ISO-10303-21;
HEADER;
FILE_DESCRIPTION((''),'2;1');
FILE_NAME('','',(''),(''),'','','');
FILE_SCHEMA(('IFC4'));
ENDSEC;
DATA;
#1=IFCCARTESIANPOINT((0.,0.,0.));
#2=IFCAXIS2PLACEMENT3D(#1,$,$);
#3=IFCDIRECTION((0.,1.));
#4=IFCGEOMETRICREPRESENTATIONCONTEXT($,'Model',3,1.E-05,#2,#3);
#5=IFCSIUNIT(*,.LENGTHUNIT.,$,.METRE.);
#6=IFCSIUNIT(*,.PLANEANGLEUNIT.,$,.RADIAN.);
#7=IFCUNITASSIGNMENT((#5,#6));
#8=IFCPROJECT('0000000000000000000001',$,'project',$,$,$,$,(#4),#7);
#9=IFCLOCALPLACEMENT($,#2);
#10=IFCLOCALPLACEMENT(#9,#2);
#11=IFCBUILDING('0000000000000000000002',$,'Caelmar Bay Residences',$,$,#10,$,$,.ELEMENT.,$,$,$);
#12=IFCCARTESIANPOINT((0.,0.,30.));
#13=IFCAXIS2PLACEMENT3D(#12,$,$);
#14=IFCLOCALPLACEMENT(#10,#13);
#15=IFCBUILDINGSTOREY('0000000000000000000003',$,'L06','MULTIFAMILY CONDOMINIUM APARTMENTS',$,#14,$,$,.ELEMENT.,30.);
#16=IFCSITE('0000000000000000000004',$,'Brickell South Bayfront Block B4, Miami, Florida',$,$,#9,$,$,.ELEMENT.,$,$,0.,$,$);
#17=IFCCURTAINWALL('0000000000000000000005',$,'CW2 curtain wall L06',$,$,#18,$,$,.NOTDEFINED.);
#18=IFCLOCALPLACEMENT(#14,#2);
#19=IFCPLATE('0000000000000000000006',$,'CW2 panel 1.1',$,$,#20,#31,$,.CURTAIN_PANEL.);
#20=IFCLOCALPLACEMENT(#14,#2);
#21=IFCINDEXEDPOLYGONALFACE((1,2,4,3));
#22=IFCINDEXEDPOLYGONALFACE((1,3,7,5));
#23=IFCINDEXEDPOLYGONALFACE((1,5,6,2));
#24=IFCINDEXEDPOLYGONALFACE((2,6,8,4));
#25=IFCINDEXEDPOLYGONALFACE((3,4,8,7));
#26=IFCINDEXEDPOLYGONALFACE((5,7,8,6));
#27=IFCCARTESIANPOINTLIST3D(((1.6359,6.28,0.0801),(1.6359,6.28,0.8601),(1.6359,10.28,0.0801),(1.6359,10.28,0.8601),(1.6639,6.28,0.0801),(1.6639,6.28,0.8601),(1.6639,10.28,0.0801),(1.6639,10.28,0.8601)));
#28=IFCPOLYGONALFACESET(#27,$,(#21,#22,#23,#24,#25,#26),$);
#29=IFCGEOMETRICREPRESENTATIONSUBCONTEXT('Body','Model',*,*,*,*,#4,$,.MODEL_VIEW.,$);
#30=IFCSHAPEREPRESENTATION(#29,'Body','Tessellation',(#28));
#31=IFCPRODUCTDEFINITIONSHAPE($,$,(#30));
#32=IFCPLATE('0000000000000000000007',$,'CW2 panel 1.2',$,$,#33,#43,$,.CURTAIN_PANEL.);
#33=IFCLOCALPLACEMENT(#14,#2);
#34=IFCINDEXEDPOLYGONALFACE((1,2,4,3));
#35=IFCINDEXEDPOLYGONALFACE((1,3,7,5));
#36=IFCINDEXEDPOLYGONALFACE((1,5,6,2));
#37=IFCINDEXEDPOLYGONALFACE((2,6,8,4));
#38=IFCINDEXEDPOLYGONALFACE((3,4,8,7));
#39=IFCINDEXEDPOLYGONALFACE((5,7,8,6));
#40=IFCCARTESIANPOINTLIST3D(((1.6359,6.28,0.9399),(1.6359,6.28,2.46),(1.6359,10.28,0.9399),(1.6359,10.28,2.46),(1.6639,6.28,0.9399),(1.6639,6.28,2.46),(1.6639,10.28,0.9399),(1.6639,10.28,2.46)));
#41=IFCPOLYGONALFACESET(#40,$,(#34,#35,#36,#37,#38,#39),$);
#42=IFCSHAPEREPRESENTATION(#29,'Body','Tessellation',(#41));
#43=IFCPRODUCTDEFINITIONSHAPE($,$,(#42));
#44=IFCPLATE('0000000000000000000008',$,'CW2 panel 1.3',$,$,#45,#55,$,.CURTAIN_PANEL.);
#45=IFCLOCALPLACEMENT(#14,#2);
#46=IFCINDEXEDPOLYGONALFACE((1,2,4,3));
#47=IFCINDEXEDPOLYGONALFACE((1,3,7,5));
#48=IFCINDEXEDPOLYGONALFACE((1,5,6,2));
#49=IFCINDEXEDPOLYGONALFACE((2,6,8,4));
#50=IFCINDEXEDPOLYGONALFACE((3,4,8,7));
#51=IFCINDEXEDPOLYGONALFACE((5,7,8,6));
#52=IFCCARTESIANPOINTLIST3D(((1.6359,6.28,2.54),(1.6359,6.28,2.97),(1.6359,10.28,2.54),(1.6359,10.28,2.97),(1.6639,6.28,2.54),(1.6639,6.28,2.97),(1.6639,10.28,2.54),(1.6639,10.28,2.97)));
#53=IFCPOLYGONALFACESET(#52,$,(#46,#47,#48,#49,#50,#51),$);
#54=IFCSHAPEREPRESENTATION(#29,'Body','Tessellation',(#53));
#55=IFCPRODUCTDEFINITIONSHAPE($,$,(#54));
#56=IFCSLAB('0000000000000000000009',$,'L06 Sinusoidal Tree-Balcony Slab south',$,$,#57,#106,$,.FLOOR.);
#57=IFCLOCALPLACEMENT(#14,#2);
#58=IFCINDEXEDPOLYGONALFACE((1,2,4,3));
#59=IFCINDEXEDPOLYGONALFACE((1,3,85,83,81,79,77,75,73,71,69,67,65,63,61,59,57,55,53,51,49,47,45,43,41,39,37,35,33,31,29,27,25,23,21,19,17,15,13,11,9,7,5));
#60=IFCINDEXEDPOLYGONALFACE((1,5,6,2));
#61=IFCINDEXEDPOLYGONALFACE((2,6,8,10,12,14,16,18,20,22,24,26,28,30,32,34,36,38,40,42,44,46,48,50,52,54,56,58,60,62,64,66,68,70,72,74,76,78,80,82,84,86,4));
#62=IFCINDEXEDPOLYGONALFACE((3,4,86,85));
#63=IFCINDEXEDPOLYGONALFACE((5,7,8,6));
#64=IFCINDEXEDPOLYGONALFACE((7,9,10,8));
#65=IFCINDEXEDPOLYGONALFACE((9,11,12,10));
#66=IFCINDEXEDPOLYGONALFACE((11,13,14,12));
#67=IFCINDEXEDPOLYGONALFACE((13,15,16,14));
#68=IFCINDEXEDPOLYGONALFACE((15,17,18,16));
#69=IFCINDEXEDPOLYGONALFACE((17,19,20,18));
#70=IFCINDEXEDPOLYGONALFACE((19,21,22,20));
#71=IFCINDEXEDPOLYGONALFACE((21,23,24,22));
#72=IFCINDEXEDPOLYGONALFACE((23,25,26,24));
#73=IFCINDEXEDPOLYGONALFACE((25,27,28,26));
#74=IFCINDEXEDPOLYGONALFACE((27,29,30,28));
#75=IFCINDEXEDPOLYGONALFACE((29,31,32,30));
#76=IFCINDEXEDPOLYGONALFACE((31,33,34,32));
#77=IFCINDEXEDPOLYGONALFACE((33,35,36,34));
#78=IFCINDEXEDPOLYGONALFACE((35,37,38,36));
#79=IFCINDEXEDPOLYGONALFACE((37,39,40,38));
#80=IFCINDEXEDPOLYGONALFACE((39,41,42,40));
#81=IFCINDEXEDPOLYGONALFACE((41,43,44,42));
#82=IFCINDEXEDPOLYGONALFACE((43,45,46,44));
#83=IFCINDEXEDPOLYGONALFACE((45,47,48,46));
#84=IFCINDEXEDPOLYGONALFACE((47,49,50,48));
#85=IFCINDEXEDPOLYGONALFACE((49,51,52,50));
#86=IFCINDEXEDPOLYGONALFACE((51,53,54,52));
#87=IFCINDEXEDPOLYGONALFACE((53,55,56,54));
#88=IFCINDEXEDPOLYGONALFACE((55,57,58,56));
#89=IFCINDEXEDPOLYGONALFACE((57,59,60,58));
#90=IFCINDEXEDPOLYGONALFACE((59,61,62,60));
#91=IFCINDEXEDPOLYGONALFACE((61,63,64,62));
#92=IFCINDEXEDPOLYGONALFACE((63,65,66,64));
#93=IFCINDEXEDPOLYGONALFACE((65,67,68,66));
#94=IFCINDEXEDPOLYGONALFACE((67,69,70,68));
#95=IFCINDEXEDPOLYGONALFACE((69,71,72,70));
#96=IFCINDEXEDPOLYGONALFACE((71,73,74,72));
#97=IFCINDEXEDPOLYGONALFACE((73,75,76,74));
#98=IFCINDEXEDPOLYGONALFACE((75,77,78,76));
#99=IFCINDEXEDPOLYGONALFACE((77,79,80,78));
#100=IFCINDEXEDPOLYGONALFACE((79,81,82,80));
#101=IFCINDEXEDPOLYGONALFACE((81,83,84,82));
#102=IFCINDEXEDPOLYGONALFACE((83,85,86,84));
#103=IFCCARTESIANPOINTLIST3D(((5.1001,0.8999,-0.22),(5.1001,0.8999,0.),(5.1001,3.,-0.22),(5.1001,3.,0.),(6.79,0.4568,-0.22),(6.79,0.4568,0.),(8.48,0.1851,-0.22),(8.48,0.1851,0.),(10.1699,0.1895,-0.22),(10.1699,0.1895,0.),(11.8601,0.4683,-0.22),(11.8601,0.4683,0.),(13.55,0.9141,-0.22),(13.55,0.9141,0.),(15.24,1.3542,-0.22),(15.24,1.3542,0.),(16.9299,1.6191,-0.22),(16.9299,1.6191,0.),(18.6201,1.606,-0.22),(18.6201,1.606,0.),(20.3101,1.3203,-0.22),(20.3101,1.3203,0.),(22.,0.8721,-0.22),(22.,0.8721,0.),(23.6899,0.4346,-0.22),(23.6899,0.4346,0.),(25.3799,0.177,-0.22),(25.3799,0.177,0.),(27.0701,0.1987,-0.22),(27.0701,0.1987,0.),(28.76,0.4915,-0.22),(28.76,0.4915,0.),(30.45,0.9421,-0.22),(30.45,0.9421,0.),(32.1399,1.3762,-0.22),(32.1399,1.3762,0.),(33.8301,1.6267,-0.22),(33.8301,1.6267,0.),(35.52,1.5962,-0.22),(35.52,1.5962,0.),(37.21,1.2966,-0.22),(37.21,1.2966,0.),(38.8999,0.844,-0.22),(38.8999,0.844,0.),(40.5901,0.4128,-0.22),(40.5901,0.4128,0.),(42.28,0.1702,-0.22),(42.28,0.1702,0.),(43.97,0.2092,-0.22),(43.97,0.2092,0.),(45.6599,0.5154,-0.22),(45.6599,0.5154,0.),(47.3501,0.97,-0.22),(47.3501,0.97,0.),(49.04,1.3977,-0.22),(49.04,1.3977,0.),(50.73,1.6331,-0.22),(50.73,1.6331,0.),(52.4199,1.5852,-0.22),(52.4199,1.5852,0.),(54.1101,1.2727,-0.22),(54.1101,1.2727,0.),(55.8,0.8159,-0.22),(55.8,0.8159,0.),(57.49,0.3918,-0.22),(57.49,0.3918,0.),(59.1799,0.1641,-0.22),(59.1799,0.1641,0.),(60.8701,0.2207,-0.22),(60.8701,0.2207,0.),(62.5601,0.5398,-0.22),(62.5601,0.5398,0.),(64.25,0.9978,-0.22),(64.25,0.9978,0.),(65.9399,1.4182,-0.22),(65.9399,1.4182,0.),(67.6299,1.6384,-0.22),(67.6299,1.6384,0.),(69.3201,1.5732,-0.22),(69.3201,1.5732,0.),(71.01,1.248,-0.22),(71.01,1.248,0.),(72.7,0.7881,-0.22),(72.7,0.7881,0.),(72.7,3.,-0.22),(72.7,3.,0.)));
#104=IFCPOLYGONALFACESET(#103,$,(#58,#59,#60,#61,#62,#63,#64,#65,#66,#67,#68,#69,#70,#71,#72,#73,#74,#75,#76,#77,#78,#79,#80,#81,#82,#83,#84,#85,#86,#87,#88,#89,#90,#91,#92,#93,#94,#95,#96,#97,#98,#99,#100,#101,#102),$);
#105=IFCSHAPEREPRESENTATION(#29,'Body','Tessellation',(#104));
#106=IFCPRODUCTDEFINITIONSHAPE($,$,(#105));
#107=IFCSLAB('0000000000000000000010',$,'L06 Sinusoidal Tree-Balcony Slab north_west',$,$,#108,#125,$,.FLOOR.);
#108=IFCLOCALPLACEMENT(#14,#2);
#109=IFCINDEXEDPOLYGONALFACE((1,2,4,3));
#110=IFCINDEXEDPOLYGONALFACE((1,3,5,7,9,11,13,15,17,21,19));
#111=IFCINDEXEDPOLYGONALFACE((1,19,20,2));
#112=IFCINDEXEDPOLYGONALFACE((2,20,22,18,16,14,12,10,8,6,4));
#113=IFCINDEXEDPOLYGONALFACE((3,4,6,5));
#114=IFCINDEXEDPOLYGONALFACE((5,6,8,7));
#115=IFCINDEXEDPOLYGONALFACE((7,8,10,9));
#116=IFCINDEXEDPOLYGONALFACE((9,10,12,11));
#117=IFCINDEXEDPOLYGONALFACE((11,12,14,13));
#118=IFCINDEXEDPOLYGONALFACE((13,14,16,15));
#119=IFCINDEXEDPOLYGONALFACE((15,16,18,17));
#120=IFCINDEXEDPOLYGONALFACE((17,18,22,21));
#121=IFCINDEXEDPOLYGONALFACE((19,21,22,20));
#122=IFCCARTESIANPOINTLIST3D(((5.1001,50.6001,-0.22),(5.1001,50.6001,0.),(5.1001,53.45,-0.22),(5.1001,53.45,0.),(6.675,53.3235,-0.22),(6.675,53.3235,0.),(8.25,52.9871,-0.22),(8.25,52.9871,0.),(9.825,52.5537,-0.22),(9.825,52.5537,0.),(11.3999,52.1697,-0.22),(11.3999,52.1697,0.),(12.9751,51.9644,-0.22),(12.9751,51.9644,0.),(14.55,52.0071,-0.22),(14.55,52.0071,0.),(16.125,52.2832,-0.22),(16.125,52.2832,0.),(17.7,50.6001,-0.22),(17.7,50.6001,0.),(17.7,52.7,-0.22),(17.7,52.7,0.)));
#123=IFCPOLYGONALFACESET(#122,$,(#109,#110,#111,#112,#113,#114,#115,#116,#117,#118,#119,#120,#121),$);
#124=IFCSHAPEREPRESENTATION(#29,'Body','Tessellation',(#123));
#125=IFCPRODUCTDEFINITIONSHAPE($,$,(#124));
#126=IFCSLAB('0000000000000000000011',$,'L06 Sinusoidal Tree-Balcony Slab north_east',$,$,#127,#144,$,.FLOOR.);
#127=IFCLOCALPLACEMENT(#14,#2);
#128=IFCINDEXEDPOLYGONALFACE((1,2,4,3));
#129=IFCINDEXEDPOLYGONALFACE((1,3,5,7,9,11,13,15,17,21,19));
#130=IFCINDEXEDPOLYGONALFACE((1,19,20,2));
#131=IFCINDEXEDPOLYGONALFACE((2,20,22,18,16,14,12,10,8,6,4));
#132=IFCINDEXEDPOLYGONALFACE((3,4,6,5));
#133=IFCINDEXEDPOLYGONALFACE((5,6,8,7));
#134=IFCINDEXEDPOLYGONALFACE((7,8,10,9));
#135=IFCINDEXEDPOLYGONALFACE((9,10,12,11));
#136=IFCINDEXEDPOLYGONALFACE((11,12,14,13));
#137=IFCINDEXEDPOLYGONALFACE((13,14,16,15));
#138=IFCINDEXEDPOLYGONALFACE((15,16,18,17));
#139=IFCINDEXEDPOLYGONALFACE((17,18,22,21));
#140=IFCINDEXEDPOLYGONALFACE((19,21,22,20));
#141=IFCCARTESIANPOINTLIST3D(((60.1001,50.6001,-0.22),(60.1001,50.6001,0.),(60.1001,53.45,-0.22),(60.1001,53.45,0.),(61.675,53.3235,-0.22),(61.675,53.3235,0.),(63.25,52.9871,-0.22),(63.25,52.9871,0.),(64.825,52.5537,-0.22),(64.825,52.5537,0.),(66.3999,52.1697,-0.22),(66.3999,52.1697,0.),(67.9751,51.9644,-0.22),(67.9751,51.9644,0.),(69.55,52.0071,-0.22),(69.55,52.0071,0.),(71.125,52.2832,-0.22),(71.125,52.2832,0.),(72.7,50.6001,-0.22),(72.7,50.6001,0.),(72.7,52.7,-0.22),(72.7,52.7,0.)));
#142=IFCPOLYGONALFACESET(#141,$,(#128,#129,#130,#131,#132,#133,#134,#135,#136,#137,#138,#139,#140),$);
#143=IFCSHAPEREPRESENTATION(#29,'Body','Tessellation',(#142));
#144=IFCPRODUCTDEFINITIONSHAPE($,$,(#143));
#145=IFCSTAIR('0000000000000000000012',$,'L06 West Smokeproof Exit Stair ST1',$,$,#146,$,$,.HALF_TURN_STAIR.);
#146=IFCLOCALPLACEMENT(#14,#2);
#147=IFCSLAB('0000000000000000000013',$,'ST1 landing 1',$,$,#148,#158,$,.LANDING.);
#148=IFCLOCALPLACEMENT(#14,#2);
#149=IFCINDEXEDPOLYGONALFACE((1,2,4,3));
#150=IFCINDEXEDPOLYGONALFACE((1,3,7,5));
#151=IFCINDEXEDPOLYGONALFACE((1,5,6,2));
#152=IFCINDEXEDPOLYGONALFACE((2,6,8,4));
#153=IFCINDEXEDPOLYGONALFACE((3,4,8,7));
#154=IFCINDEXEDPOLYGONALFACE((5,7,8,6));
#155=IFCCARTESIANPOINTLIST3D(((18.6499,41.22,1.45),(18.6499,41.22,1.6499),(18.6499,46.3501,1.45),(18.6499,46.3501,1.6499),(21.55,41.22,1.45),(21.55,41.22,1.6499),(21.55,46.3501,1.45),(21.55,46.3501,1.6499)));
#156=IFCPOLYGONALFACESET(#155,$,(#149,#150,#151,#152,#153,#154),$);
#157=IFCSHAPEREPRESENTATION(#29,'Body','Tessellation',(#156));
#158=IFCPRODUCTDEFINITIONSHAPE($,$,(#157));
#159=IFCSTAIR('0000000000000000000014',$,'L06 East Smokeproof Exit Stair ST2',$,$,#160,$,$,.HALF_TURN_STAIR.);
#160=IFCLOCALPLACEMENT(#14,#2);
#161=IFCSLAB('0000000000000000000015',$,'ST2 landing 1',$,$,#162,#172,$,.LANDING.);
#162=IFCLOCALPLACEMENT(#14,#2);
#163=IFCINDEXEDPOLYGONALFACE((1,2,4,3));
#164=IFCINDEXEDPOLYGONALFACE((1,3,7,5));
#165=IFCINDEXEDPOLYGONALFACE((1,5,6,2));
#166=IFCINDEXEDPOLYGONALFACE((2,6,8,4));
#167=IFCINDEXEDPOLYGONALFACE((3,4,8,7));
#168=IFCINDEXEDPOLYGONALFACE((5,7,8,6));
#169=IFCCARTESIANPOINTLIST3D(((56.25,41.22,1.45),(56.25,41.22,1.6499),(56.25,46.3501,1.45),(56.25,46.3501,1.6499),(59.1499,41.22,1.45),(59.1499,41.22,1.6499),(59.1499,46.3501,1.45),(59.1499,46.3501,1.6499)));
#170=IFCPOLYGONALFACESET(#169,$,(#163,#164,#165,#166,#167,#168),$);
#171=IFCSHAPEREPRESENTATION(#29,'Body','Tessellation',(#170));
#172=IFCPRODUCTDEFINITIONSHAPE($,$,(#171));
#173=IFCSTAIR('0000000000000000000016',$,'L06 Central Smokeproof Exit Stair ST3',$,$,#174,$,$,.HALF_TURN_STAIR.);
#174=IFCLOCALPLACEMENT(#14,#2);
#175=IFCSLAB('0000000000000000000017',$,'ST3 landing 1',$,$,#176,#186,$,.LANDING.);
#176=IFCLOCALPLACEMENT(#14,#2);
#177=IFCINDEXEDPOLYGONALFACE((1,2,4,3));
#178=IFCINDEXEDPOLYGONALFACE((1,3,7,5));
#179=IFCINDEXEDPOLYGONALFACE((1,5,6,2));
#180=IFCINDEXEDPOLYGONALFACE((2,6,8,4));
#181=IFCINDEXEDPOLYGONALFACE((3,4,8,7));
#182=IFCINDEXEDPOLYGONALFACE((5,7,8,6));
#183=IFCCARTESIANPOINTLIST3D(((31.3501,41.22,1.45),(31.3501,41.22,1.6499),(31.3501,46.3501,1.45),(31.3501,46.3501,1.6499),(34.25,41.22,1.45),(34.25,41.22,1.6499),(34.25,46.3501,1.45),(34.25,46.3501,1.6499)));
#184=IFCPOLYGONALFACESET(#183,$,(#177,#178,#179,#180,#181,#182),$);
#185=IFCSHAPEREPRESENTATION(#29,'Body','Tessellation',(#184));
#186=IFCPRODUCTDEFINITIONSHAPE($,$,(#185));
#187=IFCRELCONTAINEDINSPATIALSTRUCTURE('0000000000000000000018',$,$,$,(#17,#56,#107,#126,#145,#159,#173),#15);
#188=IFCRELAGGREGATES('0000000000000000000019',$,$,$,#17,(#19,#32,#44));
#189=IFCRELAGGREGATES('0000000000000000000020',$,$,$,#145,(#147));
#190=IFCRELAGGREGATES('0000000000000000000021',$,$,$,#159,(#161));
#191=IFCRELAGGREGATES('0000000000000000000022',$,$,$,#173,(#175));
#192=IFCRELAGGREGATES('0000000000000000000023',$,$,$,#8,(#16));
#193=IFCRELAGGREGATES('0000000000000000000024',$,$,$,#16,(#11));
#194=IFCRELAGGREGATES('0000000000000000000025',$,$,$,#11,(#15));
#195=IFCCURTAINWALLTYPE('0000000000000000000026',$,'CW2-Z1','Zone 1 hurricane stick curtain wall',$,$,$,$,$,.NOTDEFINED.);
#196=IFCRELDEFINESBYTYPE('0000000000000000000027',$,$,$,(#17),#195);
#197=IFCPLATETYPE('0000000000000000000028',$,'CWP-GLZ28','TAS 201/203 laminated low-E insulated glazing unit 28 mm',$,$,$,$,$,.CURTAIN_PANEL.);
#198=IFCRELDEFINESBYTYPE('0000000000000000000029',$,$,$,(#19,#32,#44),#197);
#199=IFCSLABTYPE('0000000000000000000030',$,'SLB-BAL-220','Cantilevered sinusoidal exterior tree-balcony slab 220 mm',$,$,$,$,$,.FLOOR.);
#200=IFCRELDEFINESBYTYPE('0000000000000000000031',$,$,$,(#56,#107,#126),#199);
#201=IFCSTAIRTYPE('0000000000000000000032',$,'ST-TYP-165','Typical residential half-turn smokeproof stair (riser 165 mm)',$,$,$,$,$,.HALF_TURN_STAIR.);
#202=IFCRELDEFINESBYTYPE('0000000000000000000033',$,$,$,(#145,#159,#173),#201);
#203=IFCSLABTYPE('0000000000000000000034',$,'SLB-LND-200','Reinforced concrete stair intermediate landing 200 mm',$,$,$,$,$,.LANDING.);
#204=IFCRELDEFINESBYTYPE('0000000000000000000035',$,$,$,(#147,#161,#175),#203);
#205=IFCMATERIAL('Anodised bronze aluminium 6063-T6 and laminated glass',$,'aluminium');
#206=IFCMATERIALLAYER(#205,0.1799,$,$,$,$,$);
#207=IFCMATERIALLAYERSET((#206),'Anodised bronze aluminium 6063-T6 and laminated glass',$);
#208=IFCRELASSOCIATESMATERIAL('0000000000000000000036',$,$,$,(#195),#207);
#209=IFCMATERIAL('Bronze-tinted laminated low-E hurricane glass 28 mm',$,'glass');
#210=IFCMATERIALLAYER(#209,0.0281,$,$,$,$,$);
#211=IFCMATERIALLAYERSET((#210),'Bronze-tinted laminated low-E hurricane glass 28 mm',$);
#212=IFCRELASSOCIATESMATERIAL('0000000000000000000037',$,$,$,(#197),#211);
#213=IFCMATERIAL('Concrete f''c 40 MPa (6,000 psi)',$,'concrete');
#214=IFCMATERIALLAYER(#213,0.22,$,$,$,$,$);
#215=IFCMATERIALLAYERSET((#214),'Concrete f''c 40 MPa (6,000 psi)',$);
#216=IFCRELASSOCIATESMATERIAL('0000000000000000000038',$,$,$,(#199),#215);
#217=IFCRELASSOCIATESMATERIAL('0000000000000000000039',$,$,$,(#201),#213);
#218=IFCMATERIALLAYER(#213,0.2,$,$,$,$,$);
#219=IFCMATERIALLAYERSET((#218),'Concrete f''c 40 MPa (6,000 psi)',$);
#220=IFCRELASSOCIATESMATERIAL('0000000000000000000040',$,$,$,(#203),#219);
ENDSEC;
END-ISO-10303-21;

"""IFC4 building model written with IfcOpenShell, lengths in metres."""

from ifc_helpers import new_model, si_unit, direction, frame, origin, origin_2d, place, context, subcontext, project, spatial, polyline, rectangle, outline, extrude, material, layer, layer_set, type_object, element, aggregate, save


model = new_model("IFC4")

# Units and contexts
model_context = context("Model", 3, precision=1e-05, world=origin(), true_north=direction((0.0, 1.0)))
body_context = subcontext(model_context, "Body", "Model", "MODEL_VIEW")
ifc_project = project(units=[si_unit("LENGTHUNIT", "METRE"), si_unit("PLANEANGLEUNIT", "RADIAN")], contexts=[model_context])

# Site, building, storey
site_placement = place(None, origin())
site = spatial("IfcSite", under=ifc_project, at=site_placement, Name="Brickell South Bayfront Block B4, Miami, Florida", CompositionType="ELEMENT", RefElevation=0.0)
building_placement = place(site_placement, origin())
building = spatial("IfcBuilding", under=site, at=building_placement, Name="Caelmar Bay Residences", CompositionType="ELEMENT")
storey_placement = place(building_placement, frame((0.0, 0.0, 30.0)))
storey = spatial("IfcBuildingStorey", under=building, at=storey_placement, Name="L06", Description="MULTIFAMILY CONDOMINIUM APARTMENTS", CompositionType="ELEMENT", Elevation=30.0)

# Shared definitions
ifc_material_1 = material(Name="Anodised bronze aluminium 6063-T6 and laminated glass", Category="aluminium")

# Curtain wall
ifc_layer_1 = layer(ifc_material_1, 0.1799)
ifc_layer_set_1 = layer_set([ifc_layer_1], Name="Anodised bronze aluminium 6063-T6 and laminated glass")
curtain_wall_type_1 = type_object("IfcCurtainWallType", Name="CW2-Z1", Description="Zone 1 hurricane stick curtain wall", PredefinedType="NOTDEFINED", material=ifc_layer_set_1)
curtain_wall_1_placement = place(storey_placement, origin())
curtain_wall_1 = element("IfcCurtainWall", 1, at=curtain_wall_1_placement, inside=storey, type_object=curtain_wall_type_1, Name="CW2 curtain wall L06", PredefinedType="NOTDEFINED")

# Plates
ifc_material_2 = material(Name="Bronze-tinted laminated low-E hurricane glass 28 mm", Category="glass")
ifc_layer_2 = layer(ifc_material_2, 0.0281)
ifc_layer_set_2 = layer_set([ifc_layer_2], Name="Bronze-tinted laminated low-E hurricane glass 28 mm")
plate_type = type_object("IfcPlateType", Name="CWP-GLZ28", Description="TAS 201/203 laminated low-E insulated glazing unit 28 mm", PredefinedType="CURTAIN_PANEL", material=ifc_layer_set_2)
plate_1_placement = place(storey_placement, frame((1.6499, 8.28, 0.0801), z_axis=(0.0, 0.0, 1.0), x_axis=(0.0, 1.0, 0.0)))
plate_1 = element("IfcPlate", 2, at=plate_1_placement, type_object=plate_type, Name="CW2 panel 1.1", PredefinedType="CURTAIN_PANEL", context=body_context, shape_type="SweptSolid", body=[
    extrude(rectangle(XDim=4.0, YDim=0.0281, at=origin_2d()), origin(), (0.0, 0.0, 1.0), 0.78),
])
plate_2_placement = place(storey_placement, frame((1.6499, 8.28, 0.9399), z_axis=(0.0, 0.0, 1.0), x_axis=(0.0, 1.0, 0.0)))
plate_2 = element("IfcPlate", 3, at=plate_2_placement, type_object=plate_type, Name="CW2 panel 1.2", PredefinedType="CURTAIN_PANEL", context=body_context, shape_type="SweptSolid", body=[
    extrude(rectangle(XDim=4.0, YDim=0.0281, at=origin_2d()), origin(), (0.0, 0.0, 1.0), 1.52),
])
plate_3_placement = place(storey_placement, frame((1.6499, 8.28, 2.54), z_axis=(0.0, 0.0, 1.0), x_axis=(0.0, 1.0, 0.0)))
plate_3 = element("IfcPlate", 4, at=plate_3_placement, type_object=plate_type, Name="CW2 panel 1.3", PredefinedType="CURTAIN_PANEL", context=body_context, shape_type="SweptSolid", body=[
    extrude(rectangle(XDim=4.0, YDim=0.0281, at=origin_2d()), origin(), (0.0, 0.0, 1.0), 0.4299),
])
aggregate(curtain_wall_1, [plate_1, plate_2, plate_3])

# Slabs
ifc_material_3 = material(Name="Concrete f'c 40 MPa (6,000 psi)", Category="concrete")
ifc_layer_3 = layer(ifc_material_3, 0.22)
ifc_layer_set_3 = layer_set([ifc_layer_3], Name="Concrete f'c 40 MPa (6,000 psi)")
slab_type_1 = type_object("IfcSlabType", Name="SLB-BAL-220", Description="Cantilevered sinusoidal exterior tree-balcony slab 220 mm", PredefinedType="FLOOR", material=ifc_layer_set_3)
slab_1_placement = place(storey_placement, frame((0.0, 0.0, -0.22)))
element("IfcSlab", 5, at=slab_1_placement, inside=storey, type_object=slab_type_1, Name="L06 Sinusoidal Tree-Balcony Slab south", PredefinedType="FLOOR", context=body_context, shape_type="SweptSolid", body=[
    extrude(outline(polyline([(5.1001, 0.8999), (6.79, 0.4568), (8.48, 0.1851), (10.1699, 0.1895), (11.8601, 0.4683), (13.55, 0.9141), (15.24, 1.3542), (16.9299, 1.6191), (18.6201, 1.606), (20.3101, 1.3203), (22.0, 0.8721), (23.6899, 0.4346), (25.3799, 0.177), (27.0701, 0.1987), (28.76, 0.4915), (30.45, 0.9421), (32.1399, 1.3762), (33.8301, 1.6267), (35.52, 1.5962), (37.21, 1.2966), (38.8999, 0.844), (40.5901, 0.4128), (42.28, 0.1702), (43.97, 0.2092), (45.6599, 0.5154), (47.3501, 0.97), (49.04, 1.3977), (50.73, 1.6331), (52.4199, 1.5852), (54.1101, 1.2727), (55.8, 0.8159), (57.49, 0.3918), (59.1799, 0.1641), (60.8701, 0.2207), (62.5601, 0.5398), (64.25, 0.9978), (65.9399, 1.4182), (67.6299, 1.6384), (69.3201, 1.5732), (71.01, 1.248), (72.7, 0.7881), (72.7, 3.0), (5.1001, 3.0), (5.1001, 0.8999)])), origin(), (0.0, 0.0, 1.0), 0.22),
])
slab_2_placement = place(storey_placement, frame((0.0, 0.0, -0.22)))
element("IfcSlab", 6, at=slab_2_placement, inside=storey, type_object=slab_type_1, Name="L06 Sinusoidal Tree-Balcony Slab north_west", PredefinedType="FLOOR", context=body_context, shape_type="SweptSolid", body=[
    extrude(outline(polyline([(5.1001, 50.6001), (17.7, 50.6001), (17.7, 52.7), (16.125, 52.2832), (14.55, 52.0071), (12.9751, 51.9644), (11.3999, 52.1697), (9.825, 52.5537), (8.25, 52.9871), (6.675, 53.3235), (5.1001, 53.45), (5.1001, 50.6001)])), origin(), (0.0, 0.0, 1.0), 0.22),
])
slab_3_placement = place(storey_placement, frame((0.0, 0.0, -0.22)))
element("IfcSlab", 7, at=slab_3_placement, inside=storey, type_object=slab_type_1, Name="L06 Sinusoidal Tree-Balcony Slab north_east", PredefinedType="FLOOR", context=body_context, shape_type="SweptSolid", body=[
    extrude(outline(polyline([(60.1001, 50.6001), (72.7, 50.6001), (72.7, 52.7), (71.125, 52.2832), (69.55, 52.0071), (67.9751, 51.9644), (66.3999, 52.1697), (64.825, 52.5537), (63.25, 52.9871), (61.675, 53.3235), (60.1001, 53.45), (60.1001, 50.6001)])), origin(), (0.0, 0.0, 1.0), 0.22),
])

# Stairs, slabs
stair_type = type_object("IfcStairType", Name="ST-TYP-165", Description="Typical residential half-turn smokeproof stair (riser 165 mm)", PredefinedType="HALF_TURN_STAIR", material=ifc_material_3)
stair_1_placement = place(storey_placement, origin())
stair_1 = element("IfcStair", 8, at=stair_1_placement, inside=storey, type_object=stair_type, Name="L06 West Smokeproof Exit Stair ST1", PredefinedType="HALF_TURN_STAIR")
ifc_layer_4 = layer(ifc_material_3, 0.2)
ifc_layer_set_4 = layer_set([ifc_layer_4], Name="Concrete f'c 40 MPa (6,000 psi)")
slab_type_2 = type_object("IfcSlabType", Name="SLB-LND-200", Description="Reinforced concrete stair intermediate landing 200 mm", PredefinedType="LANDING", material=ifc_layer_set_4)
slab_4_placement = place(storey_placement, frame((0.0, 0.0, 1.45)))
slab_4 = element("IfcSlab", 9, at=slab_4_placement, type_object=slab_type_2, Name="ST1 landing 1", PredefinedType="LANDING", context=body_context, shape_type="SweptSolid", body=[
    extrude(outline(polyline([(21.55, 41.22), (21.55, 46.3501), (18.6499, 46.3501), (18.6499, 41.22), (21.55, 41.22)])), origin(), (0.0, 0.0, 1.0), 0.2),
])
aggregate(stair_1, [slab_4])
stair_2_placement = place(storey_placement, origin())
stair_2 = element("IfcStair", 10, at=stair_2_placement, inside=storey, type_object=stair_type, Name="L06 East Smokeproof Exit Stair ST2", PredefinedType="HALF_TURN_STAIR")
slab_5_placement = place(storey_placement, frame((0.0, 0.0, 1.45)))
slab_5 = element("IfcSlab", 11, at=slab_5_placement, type_object=slab_type_2, Name="ST2 landing 1", PredefinedType="LANDING", context=body_context, shape_type="SweptSolid", body=[
    extrude(outline(polyline([(59.1499, 41.22), (59.1499, 46.3501), (56.25, 46.3501), (56.25, 41.22), (59.1499, 41.22)])), origin(), (0.0, 0.0, 1.0), 0.2),
])
aggregate(stair_2, [slab_5])
stair_3_placement = place(storey_placement, origin())
stair_3 = element("IfcStair", 12, at=stair_3_placement, inside=storey, type_object=stair_type, Name="L06 Central Smokeproof Exit Stair ST3", PredefinedType="HALF_TURN_STAIR")
slab_6_placement = place(storey_placement, frame((0.0, 0.0, 1.45)))
slab_6 = element("IfcSlab", 13, at=slab_6_placement, type_object=slab_type_2, Name="ST3 landing 1", PredefinedType="LANDING", context=body_context, shape_type="SweptSolid", body=[
    extrude(outline(polyline([(34.25, 41.22), (34.25, 46.3501), (31.3501, 46.3501), (31.3501, 41.22), (34.25, 41.22)])), origin(), (0.0, 0.0, 1.0), 0.2),
])
aggregate(stair_3, [slab_6])

save(model, "model.ifc")
